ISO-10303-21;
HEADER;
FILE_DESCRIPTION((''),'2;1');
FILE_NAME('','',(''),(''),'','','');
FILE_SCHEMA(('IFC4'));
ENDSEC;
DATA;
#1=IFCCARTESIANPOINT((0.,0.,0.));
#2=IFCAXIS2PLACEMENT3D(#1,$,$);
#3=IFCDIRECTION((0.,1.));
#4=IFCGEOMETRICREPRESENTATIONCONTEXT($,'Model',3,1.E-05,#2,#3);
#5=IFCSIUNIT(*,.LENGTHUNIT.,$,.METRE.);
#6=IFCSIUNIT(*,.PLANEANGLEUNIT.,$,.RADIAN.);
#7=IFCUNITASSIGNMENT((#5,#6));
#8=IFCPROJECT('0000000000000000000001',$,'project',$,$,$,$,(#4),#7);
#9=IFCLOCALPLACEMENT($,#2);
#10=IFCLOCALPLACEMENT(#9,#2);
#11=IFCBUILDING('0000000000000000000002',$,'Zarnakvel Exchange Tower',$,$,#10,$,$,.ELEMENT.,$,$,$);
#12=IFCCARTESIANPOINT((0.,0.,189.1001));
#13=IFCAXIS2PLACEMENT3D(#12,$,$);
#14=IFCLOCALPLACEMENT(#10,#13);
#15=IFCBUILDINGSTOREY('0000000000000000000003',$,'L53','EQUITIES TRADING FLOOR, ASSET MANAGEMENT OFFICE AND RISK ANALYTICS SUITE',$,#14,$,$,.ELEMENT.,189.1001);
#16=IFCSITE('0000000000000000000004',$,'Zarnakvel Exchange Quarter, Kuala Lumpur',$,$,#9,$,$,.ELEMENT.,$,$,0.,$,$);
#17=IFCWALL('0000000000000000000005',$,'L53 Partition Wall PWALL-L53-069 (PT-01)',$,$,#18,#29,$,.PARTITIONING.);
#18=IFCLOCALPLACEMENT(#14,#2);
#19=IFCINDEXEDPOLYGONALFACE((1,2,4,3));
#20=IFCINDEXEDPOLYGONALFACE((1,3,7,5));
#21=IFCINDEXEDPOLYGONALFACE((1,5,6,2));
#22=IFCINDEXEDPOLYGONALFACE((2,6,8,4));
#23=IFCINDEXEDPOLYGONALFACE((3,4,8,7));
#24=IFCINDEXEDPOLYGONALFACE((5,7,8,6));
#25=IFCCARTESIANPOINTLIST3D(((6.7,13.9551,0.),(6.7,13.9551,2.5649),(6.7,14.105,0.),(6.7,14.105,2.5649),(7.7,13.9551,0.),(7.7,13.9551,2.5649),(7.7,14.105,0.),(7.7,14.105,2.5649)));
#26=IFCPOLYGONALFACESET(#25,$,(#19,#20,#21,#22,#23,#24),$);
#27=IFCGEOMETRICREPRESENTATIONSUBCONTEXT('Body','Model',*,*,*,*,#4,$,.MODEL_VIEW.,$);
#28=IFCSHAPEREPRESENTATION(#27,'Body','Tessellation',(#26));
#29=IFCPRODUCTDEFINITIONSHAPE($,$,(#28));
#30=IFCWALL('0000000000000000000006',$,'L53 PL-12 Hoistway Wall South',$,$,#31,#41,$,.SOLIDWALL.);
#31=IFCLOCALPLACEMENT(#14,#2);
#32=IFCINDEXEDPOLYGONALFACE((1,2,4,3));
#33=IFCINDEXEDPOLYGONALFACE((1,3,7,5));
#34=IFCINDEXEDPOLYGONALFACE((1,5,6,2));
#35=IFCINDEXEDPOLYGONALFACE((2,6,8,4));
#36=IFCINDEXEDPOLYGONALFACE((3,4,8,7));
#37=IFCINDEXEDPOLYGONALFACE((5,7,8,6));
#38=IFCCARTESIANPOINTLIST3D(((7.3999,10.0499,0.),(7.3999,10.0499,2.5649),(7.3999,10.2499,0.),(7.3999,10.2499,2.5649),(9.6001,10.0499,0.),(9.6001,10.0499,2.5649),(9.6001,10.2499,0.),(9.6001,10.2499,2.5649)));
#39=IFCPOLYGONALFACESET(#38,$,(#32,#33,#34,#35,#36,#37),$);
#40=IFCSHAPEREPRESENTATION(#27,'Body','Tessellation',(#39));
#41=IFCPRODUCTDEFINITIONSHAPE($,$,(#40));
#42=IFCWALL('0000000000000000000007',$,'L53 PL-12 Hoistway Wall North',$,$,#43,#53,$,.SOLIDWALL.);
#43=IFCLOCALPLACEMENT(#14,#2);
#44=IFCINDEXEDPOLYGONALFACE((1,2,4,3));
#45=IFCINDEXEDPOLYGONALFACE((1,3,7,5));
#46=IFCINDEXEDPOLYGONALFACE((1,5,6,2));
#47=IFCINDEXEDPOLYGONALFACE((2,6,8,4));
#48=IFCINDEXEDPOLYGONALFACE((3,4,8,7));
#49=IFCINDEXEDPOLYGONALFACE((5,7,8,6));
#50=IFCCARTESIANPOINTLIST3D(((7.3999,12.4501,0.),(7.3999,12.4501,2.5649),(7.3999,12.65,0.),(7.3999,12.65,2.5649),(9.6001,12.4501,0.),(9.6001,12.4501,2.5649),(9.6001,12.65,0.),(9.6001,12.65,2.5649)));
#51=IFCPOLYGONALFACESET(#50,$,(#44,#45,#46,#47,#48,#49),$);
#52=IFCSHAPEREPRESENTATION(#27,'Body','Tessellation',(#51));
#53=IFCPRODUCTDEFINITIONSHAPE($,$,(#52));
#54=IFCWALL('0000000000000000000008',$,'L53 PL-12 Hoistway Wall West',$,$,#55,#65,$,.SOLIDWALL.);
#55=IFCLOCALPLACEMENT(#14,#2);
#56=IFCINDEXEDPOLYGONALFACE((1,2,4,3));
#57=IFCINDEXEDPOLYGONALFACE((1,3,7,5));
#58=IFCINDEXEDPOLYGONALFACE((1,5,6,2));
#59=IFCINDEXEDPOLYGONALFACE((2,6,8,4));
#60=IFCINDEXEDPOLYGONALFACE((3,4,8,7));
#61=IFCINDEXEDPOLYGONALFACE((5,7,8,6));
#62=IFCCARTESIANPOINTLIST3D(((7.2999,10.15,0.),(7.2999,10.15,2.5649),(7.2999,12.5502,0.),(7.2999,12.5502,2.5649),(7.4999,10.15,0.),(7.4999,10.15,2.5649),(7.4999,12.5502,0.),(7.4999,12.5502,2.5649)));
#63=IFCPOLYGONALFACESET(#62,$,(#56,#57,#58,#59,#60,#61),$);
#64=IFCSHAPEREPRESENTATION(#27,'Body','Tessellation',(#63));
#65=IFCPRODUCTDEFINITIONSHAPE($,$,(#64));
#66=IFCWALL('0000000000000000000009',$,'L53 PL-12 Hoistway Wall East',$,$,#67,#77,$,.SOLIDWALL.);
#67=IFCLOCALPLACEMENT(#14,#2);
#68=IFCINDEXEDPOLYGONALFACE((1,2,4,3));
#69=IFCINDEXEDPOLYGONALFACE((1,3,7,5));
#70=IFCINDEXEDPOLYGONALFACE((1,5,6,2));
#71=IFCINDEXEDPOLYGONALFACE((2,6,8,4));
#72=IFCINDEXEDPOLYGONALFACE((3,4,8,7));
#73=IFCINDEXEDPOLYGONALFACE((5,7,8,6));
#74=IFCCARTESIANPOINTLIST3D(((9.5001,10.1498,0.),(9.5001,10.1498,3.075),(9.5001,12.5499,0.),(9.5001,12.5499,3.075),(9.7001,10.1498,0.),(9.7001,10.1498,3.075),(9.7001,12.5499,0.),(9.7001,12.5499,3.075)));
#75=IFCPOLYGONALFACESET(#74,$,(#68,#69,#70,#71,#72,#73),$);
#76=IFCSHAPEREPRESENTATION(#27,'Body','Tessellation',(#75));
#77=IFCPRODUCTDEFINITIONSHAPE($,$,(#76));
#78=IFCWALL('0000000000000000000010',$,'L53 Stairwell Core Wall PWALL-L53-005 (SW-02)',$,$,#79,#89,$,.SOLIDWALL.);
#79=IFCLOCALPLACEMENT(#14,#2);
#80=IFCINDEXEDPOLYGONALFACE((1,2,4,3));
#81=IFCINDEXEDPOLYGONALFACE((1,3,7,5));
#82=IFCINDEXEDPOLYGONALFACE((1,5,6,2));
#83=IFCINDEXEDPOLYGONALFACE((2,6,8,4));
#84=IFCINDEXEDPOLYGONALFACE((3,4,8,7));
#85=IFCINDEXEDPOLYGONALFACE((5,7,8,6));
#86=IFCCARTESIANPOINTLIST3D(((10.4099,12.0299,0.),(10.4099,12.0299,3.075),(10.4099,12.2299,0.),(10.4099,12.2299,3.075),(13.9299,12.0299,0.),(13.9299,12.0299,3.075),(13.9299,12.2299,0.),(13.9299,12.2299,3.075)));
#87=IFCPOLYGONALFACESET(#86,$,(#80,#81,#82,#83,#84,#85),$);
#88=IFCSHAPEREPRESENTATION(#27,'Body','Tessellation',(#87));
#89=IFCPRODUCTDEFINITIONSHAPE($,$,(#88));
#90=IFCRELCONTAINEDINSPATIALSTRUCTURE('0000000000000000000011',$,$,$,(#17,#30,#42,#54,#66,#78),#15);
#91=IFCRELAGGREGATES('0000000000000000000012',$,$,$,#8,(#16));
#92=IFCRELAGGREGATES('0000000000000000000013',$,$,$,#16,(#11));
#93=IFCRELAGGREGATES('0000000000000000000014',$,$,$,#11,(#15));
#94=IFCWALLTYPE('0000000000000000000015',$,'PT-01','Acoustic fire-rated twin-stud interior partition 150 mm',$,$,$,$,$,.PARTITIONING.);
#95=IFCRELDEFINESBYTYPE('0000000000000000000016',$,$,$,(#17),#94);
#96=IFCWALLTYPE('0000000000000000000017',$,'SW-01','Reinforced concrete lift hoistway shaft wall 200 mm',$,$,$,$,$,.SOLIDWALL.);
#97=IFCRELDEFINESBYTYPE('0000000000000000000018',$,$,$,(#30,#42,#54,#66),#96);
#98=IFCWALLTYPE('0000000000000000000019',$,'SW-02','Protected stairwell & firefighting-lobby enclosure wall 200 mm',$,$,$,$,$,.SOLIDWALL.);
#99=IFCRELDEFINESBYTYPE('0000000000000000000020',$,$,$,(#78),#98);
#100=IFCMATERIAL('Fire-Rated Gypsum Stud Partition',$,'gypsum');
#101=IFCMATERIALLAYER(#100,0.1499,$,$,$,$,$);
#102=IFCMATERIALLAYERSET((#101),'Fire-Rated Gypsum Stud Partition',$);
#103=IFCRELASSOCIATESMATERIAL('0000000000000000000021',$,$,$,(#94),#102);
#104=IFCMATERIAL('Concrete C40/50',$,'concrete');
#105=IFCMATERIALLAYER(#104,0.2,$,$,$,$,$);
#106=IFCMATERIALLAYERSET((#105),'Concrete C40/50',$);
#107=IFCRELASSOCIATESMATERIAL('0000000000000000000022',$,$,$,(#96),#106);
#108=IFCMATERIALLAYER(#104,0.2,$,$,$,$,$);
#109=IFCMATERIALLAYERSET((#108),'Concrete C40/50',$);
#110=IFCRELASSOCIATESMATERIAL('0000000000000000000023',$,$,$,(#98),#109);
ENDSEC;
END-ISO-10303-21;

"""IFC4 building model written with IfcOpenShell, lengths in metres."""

from ifc_helpers import new_model, si_unit, direction, frame, frame_2d, origin, place, context, subcontext, project, spatial, rectangle, extrude, material, layer, layer_set, type_object, element, save


model = new_model("IFC4")

# Units and contexts
model_context = context("Model", 3, precision=1e-05, world=origin(), true_north=direction((0.0, 1.0)))
body_context = subcontext(model_context, "Body", "Model", "MODEL_VIEW")
ifc_project = project(units=[si_unit("LENGTHUNIT", "METRE"), si_unit("PLANEANGLEUNIT", "RADIAN")], contexts=[model_context])

# Site, building, storey
site_placement = place(None, origin())
site = spatial("IfcSite", under=ifc_project, at=site_placement, Name="Zarnakvel Exchange Quarter, Kuala Lumpur", CompositionType="ELEMENT", RefElevation=0.0)
building_placement = place(site_placement, origin())
building = spatial("IfcBuilding", under=site, at=building_placement, Name="Zarnakvel Exchange Tower", CompositionType="ELEMENT")
storey_placement = place(building_placement, frame((0.0, 0.0, 189.1001)))
storey = spatial("IfcBuildingStorey", under=building, at=storey_placement, Name="L53", Description="EQUITIES TRADING FLOOR, ASSET MANAGEMENT OFFICE AND RISK ANALYTICS SUITE", CompositionType="ELEMENT", Elevation=189.1001)

# Shared definitions
ifc_material_1 = material(Name="Fire-Rated Gypsum Stud Partition", Category="gypsum")
ifc_layer_1 = layer(ifc_material_1, 0.1499)
ifc_layer_set_1 = layer_set([ifc_layer_1], Name="Fire-Rated Gypsum Stud Partition")
wall_type_1 = type_object("IfcWallType", Name="PT-01", Description="Acoustic fire-rated twin-stud interior partition 150 mm", PredefinedType="PARTITIONING", material=ifc_layer_set_1)

# Walls
wall_1_placement = place(storey_placement, frame((7.7, 14.03, 0.0), z_axis=(0.0, 0.0, 1.0), x_axis=(-1.0, 0.0, 0.0)))
element("IfcWall", 1, at=wall_1_placement, inside=storey, type_object=wall_type_1, Name="L53 Partition Wall PWALL-L53-069 (PT-01)", PredefinedType="PARTITIONING", context=body_context, shape_type="SweptSolid", body=[
    extrude(rectangle(XDim=1.0, YDim=0.1499, at=frame_2d((0.5, 0.0))), origin(), (0.0, 0.0, 1.0), 2.5649),
])
ifc_material_2 = material(Name="Concrete C40/50", Category="concrete")
ifc_layer_2 = layer(ifc_material_2, 0.2)
ifc_layer_set_2 = layer_set([ifc_layer_2], Name="Concrete C40/50")
wall_type_2 = type_object("IfcWallType", Name="SW-01", Description="Reinforced concrete lift hoistway shaft wall 200 mm", PredefinedType="SOLIDWALL", material=ifc_layer_set_2)
for number, where, z_axis, x_axis, name in (
    (2, (9.6001, 10.1499, 0.0), (0.0, 0.0, 1.0), (-1.0, 0.0, 0.0), "L53 PL-12 Hoistway Wall South"),
    (3, (7.3999, 12.55, 0.0), (0.0, 0.0, 1.0), (1.0, 0.0, 0.0), "L53 PL-12 Hoistway Wall North"),
):
    element("IfcWall", number, at=place(storey_placement, frame(where, z_axis=z_axis, x_axis=x_axis)), inside=storey, type_object=wall_type_2, Name=name, PredefinedType="SOLIDWALL", context=body_context, shape_type="SweptSolid", body=[
        extrude(rectangle(XDim=2.2002, YDim=0.2, at=frame_2d((1.1001, 0.0))), origin(), (0.0, 0.0, 1.0), 2.5649),
    ])
wall_2_placement = place(storey_placement, frame((7.3999, 10.1499, 0.0), z_axis=(0.0, 0.0, 1.0), x_axis=(0.0, 1.0, 0.0)))
element("IfcWall", 4, at=wall_2_placement, inside=storey, type_object=wall_type_2, Name="L53 PL-12 Hoistway Wall West", PredefinedType="SOLIDWALL", context=body_context, shape_type="SweptSolid", body=[
    extrude(rectangle(XDim=2.4001, YDim=0.2, at=frame_2d((1.2002, 0.0))), origin(), (0.0, 0.0, 1.0), 2.5649),
])
wall_3_placement = place(storey_placement, frame((9.6001, 12.55, 0.0), z_axis=(0.0, 0.0, 1.0), x_axis=(0.0, -1.0, 0.0)))
element("IfcWall", 5, at=wall_3_placement, inside=storey, type_object=wall_type_2, Name="L53 PL-12 Hoistway Wall East", PredefinedType="SOLIDWALL", context=body_context, shape_type="SweptSolid", body=[
    extrude(rectangle(XDim=2.4001, YDim=0.2, at=frame_2d((1.2002, 0.0))), origin(), (0.0, 0.0, 1.0), 3.075),
])
ifc_layer_3 = layer(ifc_material_2, 0.2)
ifc_layer_set_3 = layer_set([ifc_layer_3], Name="Concrete C40/50")
wall_type_3 = type_object("IfcWallType", Name="SW-02", Description="Protected stairwell & firefighting-lobby enclosure wall 200 mm", PredefinedType="SOLIDWALL", material=ifc_layer_set_3)
wall_4_placement = place(storey_placement, frame((10.4099, 12.1299, 0.0), z_axis=(0.0, 0.0, 1.0), x_axis=(1.0, 0.0, 0.0)))
element("IfcWall", 6, at=wall_4_placement, inside=storey, type_object=wall_type_3, Name="L53 Stairwell Core Wall PWALL-L53-005 (SW-02)", PredefinedType="SOLIDWALL", context=body_context, shape_type="SweptSolid", body=[
    extrude(rectangle(XDim=3.52, YDim=0.2, at=frame_2d((1.76, 0.0))), origin(), (0.0, 0.0, 1.0), 3.075),
])

save(model, "model.ifc")
